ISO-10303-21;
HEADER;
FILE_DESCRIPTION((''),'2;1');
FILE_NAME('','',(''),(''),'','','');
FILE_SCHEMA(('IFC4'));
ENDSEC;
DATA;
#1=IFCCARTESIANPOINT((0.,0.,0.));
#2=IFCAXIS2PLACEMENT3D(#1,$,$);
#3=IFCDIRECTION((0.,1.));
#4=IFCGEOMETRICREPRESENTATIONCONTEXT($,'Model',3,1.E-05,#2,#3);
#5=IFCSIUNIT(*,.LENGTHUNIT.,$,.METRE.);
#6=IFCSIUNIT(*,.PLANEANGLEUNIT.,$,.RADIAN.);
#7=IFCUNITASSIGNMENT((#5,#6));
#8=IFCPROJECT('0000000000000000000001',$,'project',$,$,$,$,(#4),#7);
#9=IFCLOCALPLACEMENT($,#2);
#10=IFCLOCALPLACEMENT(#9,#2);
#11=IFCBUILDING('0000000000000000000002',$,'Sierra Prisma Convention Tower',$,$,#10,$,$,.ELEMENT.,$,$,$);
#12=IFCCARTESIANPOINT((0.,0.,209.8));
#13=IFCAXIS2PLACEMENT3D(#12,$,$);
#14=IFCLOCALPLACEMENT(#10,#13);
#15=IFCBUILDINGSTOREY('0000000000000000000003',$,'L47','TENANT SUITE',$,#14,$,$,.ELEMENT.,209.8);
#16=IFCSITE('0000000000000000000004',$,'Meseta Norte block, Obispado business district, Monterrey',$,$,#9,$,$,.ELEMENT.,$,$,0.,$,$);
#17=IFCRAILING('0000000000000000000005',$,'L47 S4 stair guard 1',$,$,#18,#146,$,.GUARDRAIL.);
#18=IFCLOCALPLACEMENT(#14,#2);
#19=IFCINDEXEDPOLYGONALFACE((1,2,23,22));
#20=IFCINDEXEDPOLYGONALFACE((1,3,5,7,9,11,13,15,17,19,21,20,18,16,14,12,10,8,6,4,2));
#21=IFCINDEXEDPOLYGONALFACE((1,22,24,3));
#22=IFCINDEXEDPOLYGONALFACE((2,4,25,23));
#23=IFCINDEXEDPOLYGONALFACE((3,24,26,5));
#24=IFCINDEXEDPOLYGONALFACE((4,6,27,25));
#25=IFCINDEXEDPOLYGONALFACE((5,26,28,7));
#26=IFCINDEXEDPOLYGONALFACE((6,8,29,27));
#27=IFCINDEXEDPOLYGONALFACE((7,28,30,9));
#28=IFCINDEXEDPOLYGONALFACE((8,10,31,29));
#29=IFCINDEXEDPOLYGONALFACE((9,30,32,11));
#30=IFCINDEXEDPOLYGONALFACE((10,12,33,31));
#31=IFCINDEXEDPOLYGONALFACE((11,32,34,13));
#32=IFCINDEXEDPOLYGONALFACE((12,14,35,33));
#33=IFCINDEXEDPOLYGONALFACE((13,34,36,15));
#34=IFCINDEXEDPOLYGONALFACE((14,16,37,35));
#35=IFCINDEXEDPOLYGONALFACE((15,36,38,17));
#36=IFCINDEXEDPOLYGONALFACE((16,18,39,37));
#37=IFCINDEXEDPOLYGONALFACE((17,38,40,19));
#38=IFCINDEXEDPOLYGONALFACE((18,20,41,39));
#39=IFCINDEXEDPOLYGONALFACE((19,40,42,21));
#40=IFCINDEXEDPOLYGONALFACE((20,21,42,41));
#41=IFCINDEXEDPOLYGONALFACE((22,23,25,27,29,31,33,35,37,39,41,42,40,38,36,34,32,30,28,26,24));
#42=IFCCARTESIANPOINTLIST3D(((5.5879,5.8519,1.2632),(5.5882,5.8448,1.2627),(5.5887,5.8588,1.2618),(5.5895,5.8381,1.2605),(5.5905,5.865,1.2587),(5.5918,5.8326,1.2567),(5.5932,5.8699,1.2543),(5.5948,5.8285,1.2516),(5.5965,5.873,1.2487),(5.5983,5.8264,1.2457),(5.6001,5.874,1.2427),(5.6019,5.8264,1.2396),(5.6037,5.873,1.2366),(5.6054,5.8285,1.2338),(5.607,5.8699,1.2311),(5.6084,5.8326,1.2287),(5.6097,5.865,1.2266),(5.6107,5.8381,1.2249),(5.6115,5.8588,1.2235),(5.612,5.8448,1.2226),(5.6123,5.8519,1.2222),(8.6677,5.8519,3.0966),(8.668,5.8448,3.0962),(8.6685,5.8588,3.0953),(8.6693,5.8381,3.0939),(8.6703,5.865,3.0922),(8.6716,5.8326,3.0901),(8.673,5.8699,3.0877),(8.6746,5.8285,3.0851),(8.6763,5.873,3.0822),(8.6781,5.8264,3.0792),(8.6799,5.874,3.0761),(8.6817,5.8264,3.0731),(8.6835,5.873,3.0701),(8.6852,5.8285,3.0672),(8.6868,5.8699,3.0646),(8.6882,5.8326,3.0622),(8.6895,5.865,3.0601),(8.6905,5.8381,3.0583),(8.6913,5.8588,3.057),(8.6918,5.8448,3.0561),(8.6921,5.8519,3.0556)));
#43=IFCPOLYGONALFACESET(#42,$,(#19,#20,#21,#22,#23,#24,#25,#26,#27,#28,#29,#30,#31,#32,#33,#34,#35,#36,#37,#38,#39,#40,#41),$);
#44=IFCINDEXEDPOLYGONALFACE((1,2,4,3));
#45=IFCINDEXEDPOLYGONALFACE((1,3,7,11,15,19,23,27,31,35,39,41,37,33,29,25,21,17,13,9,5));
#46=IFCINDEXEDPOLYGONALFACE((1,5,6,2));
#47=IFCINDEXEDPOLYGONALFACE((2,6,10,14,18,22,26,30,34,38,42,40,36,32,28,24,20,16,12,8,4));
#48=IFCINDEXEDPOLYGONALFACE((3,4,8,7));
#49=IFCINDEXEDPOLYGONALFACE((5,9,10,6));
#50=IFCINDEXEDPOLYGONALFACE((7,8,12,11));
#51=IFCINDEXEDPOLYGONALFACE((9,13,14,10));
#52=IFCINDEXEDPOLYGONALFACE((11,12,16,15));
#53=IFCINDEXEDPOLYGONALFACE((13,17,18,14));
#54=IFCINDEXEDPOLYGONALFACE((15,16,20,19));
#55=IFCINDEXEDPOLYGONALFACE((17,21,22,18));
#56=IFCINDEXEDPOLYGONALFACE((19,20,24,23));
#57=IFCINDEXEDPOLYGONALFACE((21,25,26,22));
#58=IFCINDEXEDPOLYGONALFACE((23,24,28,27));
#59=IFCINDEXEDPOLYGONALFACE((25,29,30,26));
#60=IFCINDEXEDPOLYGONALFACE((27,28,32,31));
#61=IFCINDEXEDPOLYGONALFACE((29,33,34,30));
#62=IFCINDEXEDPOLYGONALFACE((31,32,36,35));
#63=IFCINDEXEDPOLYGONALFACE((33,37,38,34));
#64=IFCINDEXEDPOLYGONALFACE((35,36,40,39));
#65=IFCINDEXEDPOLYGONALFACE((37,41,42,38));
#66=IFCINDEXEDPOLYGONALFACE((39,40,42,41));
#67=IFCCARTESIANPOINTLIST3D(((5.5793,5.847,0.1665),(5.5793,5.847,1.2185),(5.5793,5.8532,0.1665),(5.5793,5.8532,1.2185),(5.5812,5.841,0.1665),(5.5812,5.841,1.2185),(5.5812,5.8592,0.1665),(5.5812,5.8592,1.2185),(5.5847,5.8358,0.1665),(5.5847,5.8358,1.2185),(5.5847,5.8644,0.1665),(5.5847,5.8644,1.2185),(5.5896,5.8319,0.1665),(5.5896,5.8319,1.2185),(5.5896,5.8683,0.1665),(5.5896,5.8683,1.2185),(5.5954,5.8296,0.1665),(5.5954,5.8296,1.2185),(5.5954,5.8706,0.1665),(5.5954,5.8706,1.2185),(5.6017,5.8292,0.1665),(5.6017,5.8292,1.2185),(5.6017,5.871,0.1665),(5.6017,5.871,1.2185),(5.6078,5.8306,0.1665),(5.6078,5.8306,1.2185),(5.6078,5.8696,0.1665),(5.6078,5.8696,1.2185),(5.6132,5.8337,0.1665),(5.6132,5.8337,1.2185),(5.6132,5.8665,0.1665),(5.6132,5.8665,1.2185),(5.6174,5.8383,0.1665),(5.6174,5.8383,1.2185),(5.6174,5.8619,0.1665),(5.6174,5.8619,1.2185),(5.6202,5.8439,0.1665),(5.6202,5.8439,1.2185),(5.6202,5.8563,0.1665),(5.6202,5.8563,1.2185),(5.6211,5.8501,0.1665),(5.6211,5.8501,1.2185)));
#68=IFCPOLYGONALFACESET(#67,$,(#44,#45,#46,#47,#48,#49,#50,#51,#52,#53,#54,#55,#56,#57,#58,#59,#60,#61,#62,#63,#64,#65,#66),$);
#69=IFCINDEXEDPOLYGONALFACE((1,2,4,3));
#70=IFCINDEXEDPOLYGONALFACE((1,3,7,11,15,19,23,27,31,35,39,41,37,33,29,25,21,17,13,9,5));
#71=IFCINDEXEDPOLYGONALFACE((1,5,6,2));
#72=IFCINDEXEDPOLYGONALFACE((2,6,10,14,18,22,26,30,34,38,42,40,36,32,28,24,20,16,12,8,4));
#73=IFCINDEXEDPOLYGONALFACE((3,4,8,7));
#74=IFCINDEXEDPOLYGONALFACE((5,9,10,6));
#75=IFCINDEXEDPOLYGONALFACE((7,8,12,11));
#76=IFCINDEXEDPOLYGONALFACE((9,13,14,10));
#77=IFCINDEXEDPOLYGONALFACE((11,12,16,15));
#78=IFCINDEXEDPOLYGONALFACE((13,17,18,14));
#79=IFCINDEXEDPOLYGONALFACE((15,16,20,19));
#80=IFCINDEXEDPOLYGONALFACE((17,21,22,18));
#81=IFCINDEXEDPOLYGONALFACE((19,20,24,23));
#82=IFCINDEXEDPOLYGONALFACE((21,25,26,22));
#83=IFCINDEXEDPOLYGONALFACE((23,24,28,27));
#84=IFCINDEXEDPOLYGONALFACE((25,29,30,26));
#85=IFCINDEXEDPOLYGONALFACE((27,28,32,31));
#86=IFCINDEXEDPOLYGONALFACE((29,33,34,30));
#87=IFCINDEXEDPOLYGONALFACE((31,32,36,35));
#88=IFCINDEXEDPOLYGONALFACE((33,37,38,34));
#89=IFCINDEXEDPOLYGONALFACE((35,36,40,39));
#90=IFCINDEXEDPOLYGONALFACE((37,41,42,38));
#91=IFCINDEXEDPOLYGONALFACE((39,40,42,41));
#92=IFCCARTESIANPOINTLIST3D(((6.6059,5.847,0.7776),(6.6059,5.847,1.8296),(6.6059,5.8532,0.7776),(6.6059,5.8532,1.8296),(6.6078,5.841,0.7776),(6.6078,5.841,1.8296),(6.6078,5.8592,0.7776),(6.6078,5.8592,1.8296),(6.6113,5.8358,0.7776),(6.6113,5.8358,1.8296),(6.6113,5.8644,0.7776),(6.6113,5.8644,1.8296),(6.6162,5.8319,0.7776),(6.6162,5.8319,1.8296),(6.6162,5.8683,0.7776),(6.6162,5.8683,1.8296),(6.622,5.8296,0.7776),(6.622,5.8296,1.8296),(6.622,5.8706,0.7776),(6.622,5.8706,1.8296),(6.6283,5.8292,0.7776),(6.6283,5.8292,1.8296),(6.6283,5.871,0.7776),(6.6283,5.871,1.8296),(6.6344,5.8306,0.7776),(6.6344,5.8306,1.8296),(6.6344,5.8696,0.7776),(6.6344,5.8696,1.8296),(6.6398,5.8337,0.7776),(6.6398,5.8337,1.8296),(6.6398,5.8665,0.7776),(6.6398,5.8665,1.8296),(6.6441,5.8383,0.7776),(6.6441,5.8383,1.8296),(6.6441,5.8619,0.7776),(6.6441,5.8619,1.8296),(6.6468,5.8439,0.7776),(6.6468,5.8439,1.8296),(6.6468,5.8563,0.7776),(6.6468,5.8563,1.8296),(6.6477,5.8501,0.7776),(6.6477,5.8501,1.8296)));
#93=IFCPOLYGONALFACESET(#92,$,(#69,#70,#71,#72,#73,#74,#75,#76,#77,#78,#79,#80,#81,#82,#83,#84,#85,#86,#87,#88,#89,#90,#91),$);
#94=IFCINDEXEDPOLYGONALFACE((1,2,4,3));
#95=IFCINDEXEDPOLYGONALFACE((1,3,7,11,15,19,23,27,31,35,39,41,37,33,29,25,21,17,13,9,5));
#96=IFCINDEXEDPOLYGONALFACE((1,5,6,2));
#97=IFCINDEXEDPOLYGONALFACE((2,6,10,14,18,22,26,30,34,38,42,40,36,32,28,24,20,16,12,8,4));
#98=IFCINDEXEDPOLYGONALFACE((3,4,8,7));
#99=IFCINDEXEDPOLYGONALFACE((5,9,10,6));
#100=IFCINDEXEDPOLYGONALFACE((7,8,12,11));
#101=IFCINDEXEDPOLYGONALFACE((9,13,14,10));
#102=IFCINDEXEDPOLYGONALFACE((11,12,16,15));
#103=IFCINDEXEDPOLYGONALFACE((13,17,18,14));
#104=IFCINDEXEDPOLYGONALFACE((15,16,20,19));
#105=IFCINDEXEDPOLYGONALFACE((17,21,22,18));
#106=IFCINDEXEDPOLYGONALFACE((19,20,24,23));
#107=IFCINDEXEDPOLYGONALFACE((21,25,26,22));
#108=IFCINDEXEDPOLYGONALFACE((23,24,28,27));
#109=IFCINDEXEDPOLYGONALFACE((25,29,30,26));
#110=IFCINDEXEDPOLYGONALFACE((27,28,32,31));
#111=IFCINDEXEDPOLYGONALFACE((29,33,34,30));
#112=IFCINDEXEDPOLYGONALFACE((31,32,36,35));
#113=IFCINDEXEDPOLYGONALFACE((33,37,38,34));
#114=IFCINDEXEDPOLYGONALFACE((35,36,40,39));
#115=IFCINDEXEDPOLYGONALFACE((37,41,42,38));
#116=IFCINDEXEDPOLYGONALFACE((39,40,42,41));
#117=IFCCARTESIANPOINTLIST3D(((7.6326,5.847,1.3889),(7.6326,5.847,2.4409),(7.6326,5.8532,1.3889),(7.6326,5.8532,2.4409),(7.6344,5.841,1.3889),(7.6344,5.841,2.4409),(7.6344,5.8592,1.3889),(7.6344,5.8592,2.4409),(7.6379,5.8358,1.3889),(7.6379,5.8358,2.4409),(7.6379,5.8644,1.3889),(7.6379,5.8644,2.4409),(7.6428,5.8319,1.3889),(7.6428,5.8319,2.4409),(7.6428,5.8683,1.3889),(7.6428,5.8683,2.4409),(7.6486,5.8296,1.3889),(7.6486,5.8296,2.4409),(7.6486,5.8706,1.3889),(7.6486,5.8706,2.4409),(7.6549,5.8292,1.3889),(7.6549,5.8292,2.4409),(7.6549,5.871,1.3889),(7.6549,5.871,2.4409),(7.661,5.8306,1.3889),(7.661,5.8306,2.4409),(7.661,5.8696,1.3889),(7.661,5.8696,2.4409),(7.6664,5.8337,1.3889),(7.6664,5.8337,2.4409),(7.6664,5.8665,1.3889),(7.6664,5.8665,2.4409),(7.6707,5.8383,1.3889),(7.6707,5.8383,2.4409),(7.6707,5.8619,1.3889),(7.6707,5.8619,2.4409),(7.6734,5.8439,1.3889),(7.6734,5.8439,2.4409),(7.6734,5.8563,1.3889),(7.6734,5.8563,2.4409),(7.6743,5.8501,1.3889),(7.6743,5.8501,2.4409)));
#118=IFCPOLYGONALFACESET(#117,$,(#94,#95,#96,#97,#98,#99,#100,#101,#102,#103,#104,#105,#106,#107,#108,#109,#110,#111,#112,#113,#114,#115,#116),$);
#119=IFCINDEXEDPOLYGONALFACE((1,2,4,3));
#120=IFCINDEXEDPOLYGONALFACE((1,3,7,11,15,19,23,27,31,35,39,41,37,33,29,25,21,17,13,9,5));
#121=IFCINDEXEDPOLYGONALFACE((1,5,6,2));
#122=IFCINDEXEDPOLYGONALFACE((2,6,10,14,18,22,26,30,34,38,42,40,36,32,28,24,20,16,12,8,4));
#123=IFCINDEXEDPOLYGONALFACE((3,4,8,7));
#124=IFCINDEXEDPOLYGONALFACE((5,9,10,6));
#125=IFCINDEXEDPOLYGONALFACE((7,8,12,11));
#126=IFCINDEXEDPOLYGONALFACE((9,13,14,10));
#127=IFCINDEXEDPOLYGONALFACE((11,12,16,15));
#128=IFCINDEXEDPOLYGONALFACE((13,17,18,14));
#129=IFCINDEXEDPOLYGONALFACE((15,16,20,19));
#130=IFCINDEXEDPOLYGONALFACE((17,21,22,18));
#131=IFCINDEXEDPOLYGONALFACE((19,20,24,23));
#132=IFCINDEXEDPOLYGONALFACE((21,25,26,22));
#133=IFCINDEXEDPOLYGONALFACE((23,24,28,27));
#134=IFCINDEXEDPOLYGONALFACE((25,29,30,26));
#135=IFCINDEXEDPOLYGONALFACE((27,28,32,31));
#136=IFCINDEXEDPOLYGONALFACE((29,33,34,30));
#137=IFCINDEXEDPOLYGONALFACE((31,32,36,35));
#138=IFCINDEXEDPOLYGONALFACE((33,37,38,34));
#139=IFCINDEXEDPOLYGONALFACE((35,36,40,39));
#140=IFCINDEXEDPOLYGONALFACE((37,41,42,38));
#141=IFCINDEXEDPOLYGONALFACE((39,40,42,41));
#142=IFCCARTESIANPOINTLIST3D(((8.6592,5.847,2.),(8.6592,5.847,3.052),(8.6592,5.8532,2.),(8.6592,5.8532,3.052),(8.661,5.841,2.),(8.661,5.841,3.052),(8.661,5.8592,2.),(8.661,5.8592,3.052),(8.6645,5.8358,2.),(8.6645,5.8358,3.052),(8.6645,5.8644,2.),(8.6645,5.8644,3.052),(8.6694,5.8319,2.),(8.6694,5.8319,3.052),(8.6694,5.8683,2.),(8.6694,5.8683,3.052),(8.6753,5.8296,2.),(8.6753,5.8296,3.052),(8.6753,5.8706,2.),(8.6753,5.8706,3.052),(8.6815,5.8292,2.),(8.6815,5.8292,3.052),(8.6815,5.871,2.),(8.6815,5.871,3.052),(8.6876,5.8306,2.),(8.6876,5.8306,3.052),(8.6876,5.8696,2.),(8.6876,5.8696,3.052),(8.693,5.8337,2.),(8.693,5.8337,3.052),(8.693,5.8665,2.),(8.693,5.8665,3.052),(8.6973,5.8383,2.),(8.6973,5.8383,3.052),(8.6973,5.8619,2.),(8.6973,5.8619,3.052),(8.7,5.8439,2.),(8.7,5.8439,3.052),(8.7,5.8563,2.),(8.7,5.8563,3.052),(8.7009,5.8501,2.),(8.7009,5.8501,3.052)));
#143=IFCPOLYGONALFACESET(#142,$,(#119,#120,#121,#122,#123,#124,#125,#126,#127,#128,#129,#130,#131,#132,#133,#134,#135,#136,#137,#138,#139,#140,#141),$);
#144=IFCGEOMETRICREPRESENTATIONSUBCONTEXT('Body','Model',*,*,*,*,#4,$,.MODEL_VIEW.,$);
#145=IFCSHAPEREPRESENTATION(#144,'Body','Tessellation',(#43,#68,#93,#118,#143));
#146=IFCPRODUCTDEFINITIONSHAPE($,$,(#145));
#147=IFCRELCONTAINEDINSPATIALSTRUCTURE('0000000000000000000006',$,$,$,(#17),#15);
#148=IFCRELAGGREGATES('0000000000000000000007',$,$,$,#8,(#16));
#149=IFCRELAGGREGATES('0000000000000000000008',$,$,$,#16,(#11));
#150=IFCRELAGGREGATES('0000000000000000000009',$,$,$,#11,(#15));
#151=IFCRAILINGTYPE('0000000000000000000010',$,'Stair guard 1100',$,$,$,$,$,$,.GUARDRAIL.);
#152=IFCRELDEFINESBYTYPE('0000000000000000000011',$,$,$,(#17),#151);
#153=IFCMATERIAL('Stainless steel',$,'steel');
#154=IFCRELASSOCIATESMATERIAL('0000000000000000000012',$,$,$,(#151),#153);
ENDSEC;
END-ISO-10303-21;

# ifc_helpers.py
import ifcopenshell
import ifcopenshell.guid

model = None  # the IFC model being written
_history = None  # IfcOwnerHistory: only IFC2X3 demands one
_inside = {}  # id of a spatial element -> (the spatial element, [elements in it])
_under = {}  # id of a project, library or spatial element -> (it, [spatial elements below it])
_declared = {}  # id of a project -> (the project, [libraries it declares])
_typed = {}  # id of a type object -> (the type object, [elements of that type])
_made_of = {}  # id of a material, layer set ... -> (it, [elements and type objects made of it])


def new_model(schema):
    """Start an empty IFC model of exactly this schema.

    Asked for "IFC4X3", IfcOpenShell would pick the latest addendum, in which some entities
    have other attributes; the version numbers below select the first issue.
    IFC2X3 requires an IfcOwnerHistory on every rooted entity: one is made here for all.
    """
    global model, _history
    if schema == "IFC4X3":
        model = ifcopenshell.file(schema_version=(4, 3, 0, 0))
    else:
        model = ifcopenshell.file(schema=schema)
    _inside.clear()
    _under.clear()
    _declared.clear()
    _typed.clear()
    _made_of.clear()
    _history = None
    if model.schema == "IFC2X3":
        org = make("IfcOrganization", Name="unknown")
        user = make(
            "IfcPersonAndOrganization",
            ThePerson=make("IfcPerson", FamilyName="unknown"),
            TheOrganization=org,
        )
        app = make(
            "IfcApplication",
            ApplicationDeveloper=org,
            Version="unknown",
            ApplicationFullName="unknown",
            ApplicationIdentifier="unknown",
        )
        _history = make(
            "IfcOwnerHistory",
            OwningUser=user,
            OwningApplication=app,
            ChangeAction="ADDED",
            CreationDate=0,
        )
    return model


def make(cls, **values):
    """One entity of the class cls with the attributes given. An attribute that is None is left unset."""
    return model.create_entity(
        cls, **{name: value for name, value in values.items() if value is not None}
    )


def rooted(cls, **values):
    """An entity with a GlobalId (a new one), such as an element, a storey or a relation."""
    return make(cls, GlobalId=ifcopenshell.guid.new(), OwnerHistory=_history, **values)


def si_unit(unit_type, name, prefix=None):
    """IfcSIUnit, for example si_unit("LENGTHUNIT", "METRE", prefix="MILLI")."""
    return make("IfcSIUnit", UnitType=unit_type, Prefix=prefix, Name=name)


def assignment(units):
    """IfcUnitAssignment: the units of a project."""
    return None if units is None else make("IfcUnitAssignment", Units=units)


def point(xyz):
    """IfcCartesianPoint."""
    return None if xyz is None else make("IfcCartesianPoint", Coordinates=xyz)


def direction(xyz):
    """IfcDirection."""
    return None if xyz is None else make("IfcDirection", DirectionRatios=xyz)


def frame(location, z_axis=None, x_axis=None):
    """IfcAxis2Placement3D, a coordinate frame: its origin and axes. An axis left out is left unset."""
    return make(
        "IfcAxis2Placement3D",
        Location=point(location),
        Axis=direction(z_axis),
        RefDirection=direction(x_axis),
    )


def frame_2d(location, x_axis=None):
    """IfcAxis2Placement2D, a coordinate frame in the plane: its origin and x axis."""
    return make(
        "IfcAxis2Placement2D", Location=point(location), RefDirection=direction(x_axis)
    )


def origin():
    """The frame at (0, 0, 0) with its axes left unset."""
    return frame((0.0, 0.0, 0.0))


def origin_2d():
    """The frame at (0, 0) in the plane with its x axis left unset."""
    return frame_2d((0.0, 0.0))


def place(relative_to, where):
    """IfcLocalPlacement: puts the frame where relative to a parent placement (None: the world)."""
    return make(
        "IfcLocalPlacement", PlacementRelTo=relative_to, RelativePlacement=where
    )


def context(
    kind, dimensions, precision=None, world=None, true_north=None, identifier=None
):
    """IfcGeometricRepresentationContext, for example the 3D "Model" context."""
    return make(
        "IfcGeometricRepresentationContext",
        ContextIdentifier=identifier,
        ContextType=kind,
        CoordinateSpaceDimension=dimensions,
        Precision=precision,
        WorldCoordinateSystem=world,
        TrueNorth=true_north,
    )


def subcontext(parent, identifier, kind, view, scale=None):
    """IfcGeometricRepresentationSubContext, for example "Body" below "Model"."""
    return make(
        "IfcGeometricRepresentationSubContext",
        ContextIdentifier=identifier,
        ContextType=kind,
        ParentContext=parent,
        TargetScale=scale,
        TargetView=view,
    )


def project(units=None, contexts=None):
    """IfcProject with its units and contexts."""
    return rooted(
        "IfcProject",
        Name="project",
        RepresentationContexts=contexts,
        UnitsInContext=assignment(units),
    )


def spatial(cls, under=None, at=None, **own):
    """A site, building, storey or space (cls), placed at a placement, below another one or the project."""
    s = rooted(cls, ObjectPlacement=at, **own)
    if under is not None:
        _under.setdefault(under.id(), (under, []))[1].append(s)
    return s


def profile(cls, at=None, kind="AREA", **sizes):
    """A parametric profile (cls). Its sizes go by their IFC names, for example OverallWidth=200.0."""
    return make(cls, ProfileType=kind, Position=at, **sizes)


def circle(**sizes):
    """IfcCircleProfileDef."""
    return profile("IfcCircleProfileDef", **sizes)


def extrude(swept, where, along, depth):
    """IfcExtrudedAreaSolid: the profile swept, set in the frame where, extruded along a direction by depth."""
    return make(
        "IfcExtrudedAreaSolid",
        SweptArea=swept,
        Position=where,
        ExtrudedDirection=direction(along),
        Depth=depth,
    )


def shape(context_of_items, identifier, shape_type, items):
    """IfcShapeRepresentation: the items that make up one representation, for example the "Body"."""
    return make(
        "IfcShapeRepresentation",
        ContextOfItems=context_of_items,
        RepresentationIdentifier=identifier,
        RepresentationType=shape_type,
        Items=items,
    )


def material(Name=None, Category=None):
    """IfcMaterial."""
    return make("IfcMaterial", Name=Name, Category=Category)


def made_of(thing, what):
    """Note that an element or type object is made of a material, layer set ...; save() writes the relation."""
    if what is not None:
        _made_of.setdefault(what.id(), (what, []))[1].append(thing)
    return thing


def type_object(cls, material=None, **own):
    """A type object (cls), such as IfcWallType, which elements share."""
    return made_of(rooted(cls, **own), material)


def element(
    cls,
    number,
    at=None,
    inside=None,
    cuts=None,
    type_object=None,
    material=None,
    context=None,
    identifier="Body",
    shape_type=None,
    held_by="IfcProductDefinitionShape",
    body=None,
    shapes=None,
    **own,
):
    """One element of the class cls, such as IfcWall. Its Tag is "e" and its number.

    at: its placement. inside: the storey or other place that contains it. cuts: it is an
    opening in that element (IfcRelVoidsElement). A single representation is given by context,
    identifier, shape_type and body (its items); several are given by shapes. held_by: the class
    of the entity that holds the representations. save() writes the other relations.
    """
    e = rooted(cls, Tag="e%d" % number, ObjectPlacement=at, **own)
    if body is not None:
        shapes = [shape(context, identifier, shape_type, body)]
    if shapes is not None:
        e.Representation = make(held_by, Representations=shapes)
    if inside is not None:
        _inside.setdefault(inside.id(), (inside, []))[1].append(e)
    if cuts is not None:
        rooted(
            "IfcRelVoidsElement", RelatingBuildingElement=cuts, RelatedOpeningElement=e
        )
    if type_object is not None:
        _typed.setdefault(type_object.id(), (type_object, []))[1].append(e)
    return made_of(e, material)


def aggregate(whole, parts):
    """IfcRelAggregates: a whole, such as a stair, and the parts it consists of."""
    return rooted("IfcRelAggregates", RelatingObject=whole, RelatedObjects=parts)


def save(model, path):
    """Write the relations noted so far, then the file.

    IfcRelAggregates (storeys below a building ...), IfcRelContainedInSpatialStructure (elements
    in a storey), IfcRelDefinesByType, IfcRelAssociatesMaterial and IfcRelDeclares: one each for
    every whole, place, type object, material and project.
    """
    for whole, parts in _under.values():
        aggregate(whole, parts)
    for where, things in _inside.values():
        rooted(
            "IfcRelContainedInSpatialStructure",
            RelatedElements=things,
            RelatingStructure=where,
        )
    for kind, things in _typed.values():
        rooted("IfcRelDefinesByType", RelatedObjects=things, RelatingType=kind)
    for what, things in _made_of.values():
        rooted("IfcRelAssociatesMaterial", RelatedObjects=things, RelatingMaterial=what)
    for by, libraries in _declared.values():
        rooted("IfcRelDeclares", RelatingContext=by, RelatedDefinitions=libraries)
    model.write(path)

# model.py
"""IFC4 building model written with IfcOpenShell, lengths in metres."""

from ifc_helpers import new_model, si_unit, direction, frame, origin, origin_2d, place, context, subcontext, project, spatial, circle, extrude, material, type_object, element, save


model = new_model("IFC4")

# Units and contexts
model_context = context("Model", 3, precision=1e-05, world=origin(), true_north=direction((0.0, 1.0)))
body_context = subcontext(model_context, "Body", "Model", "MODEL_VIEW")
ifc_project = project(units=[si_unit("LENGTHUNIT", "METRE"), si_unit("PLANEANGLEUNIT", "RADIAN")], contexts=[model_context])

# Site, building, storey
site_placement = place(None, origin())
site = spatial("IfcSite", under=ifc_project, at=site_placement, Name="Meseta Norte block, Obispado business district, Monterrey", CompositionType="ELEMENT", RefElevation=0.0)
building_placement = place(site_placement, origin())
building = spatial("IfcBuilding", under=site, at=building_placement, Name="Sierra Prisma Convention Tower", CompositionType="ELEMENT")
storey_placement = place(building_placement, frame((0.0, 0.0, 209.8)))
storey = spatial("IfcBuildingStorey", under=building, at=storey_placement, Name="L47", Description="TENANT SUITE", CompositionType="ELEMENT", Elevation=209.8)

# Railing
ifc_material_1 = material(Name="Stainless steel", Category="steel")
railing_type_1 = type_object("IfcRailingType", Name="Stair guard 1100", PredefinedType="GUARDRAIL", material=ifc_material_1)
railing_1_placement = place(storey_placement, frame((5.6001, 5.8501, 0.1665)))
element("IfcRailing", 1, at=railing_1_placement, inside=storey, type_object=railing_type_1, Name="L47 S4 stair guard 1", PredefinedType="GUARDRAIL", context=body_context, shape_type="SweptSolid", body=[
    extrude(circle(Radius=0.0239, at=origin_2d()), frame((0.0, 0.0, 1.0762), z_axis=(0.859261, 0.0, 0.511538), x_axis=(0.0, 1.0, 0.0)), (0.0, 0.0, 1.0), 3.5842),
    extrude(circle(Radius=0.021, at=origin_2d()), origin(), (0.0, 0.0, 1.0), 1.052),
    extrude(circle(Radius=0.021, at=origin_2d()), frame((1.0266, 0.0, 0.6111)), (0.0, 0.0, 1.0), 1.052),
    extrude(circle(Radius=0.021, at=origin_2d()), frame((2.0532, 0.0, 1.2224)), (0.0, 0.0, 1.0), 1.052),
    extrude(circle(Radius=0.021, at=origin_2d()), frame((3.0798, 0.0, 1.8335)), (0.0, 0.0, 1.0), 1.052),
])

save(model, "model.ifc")
